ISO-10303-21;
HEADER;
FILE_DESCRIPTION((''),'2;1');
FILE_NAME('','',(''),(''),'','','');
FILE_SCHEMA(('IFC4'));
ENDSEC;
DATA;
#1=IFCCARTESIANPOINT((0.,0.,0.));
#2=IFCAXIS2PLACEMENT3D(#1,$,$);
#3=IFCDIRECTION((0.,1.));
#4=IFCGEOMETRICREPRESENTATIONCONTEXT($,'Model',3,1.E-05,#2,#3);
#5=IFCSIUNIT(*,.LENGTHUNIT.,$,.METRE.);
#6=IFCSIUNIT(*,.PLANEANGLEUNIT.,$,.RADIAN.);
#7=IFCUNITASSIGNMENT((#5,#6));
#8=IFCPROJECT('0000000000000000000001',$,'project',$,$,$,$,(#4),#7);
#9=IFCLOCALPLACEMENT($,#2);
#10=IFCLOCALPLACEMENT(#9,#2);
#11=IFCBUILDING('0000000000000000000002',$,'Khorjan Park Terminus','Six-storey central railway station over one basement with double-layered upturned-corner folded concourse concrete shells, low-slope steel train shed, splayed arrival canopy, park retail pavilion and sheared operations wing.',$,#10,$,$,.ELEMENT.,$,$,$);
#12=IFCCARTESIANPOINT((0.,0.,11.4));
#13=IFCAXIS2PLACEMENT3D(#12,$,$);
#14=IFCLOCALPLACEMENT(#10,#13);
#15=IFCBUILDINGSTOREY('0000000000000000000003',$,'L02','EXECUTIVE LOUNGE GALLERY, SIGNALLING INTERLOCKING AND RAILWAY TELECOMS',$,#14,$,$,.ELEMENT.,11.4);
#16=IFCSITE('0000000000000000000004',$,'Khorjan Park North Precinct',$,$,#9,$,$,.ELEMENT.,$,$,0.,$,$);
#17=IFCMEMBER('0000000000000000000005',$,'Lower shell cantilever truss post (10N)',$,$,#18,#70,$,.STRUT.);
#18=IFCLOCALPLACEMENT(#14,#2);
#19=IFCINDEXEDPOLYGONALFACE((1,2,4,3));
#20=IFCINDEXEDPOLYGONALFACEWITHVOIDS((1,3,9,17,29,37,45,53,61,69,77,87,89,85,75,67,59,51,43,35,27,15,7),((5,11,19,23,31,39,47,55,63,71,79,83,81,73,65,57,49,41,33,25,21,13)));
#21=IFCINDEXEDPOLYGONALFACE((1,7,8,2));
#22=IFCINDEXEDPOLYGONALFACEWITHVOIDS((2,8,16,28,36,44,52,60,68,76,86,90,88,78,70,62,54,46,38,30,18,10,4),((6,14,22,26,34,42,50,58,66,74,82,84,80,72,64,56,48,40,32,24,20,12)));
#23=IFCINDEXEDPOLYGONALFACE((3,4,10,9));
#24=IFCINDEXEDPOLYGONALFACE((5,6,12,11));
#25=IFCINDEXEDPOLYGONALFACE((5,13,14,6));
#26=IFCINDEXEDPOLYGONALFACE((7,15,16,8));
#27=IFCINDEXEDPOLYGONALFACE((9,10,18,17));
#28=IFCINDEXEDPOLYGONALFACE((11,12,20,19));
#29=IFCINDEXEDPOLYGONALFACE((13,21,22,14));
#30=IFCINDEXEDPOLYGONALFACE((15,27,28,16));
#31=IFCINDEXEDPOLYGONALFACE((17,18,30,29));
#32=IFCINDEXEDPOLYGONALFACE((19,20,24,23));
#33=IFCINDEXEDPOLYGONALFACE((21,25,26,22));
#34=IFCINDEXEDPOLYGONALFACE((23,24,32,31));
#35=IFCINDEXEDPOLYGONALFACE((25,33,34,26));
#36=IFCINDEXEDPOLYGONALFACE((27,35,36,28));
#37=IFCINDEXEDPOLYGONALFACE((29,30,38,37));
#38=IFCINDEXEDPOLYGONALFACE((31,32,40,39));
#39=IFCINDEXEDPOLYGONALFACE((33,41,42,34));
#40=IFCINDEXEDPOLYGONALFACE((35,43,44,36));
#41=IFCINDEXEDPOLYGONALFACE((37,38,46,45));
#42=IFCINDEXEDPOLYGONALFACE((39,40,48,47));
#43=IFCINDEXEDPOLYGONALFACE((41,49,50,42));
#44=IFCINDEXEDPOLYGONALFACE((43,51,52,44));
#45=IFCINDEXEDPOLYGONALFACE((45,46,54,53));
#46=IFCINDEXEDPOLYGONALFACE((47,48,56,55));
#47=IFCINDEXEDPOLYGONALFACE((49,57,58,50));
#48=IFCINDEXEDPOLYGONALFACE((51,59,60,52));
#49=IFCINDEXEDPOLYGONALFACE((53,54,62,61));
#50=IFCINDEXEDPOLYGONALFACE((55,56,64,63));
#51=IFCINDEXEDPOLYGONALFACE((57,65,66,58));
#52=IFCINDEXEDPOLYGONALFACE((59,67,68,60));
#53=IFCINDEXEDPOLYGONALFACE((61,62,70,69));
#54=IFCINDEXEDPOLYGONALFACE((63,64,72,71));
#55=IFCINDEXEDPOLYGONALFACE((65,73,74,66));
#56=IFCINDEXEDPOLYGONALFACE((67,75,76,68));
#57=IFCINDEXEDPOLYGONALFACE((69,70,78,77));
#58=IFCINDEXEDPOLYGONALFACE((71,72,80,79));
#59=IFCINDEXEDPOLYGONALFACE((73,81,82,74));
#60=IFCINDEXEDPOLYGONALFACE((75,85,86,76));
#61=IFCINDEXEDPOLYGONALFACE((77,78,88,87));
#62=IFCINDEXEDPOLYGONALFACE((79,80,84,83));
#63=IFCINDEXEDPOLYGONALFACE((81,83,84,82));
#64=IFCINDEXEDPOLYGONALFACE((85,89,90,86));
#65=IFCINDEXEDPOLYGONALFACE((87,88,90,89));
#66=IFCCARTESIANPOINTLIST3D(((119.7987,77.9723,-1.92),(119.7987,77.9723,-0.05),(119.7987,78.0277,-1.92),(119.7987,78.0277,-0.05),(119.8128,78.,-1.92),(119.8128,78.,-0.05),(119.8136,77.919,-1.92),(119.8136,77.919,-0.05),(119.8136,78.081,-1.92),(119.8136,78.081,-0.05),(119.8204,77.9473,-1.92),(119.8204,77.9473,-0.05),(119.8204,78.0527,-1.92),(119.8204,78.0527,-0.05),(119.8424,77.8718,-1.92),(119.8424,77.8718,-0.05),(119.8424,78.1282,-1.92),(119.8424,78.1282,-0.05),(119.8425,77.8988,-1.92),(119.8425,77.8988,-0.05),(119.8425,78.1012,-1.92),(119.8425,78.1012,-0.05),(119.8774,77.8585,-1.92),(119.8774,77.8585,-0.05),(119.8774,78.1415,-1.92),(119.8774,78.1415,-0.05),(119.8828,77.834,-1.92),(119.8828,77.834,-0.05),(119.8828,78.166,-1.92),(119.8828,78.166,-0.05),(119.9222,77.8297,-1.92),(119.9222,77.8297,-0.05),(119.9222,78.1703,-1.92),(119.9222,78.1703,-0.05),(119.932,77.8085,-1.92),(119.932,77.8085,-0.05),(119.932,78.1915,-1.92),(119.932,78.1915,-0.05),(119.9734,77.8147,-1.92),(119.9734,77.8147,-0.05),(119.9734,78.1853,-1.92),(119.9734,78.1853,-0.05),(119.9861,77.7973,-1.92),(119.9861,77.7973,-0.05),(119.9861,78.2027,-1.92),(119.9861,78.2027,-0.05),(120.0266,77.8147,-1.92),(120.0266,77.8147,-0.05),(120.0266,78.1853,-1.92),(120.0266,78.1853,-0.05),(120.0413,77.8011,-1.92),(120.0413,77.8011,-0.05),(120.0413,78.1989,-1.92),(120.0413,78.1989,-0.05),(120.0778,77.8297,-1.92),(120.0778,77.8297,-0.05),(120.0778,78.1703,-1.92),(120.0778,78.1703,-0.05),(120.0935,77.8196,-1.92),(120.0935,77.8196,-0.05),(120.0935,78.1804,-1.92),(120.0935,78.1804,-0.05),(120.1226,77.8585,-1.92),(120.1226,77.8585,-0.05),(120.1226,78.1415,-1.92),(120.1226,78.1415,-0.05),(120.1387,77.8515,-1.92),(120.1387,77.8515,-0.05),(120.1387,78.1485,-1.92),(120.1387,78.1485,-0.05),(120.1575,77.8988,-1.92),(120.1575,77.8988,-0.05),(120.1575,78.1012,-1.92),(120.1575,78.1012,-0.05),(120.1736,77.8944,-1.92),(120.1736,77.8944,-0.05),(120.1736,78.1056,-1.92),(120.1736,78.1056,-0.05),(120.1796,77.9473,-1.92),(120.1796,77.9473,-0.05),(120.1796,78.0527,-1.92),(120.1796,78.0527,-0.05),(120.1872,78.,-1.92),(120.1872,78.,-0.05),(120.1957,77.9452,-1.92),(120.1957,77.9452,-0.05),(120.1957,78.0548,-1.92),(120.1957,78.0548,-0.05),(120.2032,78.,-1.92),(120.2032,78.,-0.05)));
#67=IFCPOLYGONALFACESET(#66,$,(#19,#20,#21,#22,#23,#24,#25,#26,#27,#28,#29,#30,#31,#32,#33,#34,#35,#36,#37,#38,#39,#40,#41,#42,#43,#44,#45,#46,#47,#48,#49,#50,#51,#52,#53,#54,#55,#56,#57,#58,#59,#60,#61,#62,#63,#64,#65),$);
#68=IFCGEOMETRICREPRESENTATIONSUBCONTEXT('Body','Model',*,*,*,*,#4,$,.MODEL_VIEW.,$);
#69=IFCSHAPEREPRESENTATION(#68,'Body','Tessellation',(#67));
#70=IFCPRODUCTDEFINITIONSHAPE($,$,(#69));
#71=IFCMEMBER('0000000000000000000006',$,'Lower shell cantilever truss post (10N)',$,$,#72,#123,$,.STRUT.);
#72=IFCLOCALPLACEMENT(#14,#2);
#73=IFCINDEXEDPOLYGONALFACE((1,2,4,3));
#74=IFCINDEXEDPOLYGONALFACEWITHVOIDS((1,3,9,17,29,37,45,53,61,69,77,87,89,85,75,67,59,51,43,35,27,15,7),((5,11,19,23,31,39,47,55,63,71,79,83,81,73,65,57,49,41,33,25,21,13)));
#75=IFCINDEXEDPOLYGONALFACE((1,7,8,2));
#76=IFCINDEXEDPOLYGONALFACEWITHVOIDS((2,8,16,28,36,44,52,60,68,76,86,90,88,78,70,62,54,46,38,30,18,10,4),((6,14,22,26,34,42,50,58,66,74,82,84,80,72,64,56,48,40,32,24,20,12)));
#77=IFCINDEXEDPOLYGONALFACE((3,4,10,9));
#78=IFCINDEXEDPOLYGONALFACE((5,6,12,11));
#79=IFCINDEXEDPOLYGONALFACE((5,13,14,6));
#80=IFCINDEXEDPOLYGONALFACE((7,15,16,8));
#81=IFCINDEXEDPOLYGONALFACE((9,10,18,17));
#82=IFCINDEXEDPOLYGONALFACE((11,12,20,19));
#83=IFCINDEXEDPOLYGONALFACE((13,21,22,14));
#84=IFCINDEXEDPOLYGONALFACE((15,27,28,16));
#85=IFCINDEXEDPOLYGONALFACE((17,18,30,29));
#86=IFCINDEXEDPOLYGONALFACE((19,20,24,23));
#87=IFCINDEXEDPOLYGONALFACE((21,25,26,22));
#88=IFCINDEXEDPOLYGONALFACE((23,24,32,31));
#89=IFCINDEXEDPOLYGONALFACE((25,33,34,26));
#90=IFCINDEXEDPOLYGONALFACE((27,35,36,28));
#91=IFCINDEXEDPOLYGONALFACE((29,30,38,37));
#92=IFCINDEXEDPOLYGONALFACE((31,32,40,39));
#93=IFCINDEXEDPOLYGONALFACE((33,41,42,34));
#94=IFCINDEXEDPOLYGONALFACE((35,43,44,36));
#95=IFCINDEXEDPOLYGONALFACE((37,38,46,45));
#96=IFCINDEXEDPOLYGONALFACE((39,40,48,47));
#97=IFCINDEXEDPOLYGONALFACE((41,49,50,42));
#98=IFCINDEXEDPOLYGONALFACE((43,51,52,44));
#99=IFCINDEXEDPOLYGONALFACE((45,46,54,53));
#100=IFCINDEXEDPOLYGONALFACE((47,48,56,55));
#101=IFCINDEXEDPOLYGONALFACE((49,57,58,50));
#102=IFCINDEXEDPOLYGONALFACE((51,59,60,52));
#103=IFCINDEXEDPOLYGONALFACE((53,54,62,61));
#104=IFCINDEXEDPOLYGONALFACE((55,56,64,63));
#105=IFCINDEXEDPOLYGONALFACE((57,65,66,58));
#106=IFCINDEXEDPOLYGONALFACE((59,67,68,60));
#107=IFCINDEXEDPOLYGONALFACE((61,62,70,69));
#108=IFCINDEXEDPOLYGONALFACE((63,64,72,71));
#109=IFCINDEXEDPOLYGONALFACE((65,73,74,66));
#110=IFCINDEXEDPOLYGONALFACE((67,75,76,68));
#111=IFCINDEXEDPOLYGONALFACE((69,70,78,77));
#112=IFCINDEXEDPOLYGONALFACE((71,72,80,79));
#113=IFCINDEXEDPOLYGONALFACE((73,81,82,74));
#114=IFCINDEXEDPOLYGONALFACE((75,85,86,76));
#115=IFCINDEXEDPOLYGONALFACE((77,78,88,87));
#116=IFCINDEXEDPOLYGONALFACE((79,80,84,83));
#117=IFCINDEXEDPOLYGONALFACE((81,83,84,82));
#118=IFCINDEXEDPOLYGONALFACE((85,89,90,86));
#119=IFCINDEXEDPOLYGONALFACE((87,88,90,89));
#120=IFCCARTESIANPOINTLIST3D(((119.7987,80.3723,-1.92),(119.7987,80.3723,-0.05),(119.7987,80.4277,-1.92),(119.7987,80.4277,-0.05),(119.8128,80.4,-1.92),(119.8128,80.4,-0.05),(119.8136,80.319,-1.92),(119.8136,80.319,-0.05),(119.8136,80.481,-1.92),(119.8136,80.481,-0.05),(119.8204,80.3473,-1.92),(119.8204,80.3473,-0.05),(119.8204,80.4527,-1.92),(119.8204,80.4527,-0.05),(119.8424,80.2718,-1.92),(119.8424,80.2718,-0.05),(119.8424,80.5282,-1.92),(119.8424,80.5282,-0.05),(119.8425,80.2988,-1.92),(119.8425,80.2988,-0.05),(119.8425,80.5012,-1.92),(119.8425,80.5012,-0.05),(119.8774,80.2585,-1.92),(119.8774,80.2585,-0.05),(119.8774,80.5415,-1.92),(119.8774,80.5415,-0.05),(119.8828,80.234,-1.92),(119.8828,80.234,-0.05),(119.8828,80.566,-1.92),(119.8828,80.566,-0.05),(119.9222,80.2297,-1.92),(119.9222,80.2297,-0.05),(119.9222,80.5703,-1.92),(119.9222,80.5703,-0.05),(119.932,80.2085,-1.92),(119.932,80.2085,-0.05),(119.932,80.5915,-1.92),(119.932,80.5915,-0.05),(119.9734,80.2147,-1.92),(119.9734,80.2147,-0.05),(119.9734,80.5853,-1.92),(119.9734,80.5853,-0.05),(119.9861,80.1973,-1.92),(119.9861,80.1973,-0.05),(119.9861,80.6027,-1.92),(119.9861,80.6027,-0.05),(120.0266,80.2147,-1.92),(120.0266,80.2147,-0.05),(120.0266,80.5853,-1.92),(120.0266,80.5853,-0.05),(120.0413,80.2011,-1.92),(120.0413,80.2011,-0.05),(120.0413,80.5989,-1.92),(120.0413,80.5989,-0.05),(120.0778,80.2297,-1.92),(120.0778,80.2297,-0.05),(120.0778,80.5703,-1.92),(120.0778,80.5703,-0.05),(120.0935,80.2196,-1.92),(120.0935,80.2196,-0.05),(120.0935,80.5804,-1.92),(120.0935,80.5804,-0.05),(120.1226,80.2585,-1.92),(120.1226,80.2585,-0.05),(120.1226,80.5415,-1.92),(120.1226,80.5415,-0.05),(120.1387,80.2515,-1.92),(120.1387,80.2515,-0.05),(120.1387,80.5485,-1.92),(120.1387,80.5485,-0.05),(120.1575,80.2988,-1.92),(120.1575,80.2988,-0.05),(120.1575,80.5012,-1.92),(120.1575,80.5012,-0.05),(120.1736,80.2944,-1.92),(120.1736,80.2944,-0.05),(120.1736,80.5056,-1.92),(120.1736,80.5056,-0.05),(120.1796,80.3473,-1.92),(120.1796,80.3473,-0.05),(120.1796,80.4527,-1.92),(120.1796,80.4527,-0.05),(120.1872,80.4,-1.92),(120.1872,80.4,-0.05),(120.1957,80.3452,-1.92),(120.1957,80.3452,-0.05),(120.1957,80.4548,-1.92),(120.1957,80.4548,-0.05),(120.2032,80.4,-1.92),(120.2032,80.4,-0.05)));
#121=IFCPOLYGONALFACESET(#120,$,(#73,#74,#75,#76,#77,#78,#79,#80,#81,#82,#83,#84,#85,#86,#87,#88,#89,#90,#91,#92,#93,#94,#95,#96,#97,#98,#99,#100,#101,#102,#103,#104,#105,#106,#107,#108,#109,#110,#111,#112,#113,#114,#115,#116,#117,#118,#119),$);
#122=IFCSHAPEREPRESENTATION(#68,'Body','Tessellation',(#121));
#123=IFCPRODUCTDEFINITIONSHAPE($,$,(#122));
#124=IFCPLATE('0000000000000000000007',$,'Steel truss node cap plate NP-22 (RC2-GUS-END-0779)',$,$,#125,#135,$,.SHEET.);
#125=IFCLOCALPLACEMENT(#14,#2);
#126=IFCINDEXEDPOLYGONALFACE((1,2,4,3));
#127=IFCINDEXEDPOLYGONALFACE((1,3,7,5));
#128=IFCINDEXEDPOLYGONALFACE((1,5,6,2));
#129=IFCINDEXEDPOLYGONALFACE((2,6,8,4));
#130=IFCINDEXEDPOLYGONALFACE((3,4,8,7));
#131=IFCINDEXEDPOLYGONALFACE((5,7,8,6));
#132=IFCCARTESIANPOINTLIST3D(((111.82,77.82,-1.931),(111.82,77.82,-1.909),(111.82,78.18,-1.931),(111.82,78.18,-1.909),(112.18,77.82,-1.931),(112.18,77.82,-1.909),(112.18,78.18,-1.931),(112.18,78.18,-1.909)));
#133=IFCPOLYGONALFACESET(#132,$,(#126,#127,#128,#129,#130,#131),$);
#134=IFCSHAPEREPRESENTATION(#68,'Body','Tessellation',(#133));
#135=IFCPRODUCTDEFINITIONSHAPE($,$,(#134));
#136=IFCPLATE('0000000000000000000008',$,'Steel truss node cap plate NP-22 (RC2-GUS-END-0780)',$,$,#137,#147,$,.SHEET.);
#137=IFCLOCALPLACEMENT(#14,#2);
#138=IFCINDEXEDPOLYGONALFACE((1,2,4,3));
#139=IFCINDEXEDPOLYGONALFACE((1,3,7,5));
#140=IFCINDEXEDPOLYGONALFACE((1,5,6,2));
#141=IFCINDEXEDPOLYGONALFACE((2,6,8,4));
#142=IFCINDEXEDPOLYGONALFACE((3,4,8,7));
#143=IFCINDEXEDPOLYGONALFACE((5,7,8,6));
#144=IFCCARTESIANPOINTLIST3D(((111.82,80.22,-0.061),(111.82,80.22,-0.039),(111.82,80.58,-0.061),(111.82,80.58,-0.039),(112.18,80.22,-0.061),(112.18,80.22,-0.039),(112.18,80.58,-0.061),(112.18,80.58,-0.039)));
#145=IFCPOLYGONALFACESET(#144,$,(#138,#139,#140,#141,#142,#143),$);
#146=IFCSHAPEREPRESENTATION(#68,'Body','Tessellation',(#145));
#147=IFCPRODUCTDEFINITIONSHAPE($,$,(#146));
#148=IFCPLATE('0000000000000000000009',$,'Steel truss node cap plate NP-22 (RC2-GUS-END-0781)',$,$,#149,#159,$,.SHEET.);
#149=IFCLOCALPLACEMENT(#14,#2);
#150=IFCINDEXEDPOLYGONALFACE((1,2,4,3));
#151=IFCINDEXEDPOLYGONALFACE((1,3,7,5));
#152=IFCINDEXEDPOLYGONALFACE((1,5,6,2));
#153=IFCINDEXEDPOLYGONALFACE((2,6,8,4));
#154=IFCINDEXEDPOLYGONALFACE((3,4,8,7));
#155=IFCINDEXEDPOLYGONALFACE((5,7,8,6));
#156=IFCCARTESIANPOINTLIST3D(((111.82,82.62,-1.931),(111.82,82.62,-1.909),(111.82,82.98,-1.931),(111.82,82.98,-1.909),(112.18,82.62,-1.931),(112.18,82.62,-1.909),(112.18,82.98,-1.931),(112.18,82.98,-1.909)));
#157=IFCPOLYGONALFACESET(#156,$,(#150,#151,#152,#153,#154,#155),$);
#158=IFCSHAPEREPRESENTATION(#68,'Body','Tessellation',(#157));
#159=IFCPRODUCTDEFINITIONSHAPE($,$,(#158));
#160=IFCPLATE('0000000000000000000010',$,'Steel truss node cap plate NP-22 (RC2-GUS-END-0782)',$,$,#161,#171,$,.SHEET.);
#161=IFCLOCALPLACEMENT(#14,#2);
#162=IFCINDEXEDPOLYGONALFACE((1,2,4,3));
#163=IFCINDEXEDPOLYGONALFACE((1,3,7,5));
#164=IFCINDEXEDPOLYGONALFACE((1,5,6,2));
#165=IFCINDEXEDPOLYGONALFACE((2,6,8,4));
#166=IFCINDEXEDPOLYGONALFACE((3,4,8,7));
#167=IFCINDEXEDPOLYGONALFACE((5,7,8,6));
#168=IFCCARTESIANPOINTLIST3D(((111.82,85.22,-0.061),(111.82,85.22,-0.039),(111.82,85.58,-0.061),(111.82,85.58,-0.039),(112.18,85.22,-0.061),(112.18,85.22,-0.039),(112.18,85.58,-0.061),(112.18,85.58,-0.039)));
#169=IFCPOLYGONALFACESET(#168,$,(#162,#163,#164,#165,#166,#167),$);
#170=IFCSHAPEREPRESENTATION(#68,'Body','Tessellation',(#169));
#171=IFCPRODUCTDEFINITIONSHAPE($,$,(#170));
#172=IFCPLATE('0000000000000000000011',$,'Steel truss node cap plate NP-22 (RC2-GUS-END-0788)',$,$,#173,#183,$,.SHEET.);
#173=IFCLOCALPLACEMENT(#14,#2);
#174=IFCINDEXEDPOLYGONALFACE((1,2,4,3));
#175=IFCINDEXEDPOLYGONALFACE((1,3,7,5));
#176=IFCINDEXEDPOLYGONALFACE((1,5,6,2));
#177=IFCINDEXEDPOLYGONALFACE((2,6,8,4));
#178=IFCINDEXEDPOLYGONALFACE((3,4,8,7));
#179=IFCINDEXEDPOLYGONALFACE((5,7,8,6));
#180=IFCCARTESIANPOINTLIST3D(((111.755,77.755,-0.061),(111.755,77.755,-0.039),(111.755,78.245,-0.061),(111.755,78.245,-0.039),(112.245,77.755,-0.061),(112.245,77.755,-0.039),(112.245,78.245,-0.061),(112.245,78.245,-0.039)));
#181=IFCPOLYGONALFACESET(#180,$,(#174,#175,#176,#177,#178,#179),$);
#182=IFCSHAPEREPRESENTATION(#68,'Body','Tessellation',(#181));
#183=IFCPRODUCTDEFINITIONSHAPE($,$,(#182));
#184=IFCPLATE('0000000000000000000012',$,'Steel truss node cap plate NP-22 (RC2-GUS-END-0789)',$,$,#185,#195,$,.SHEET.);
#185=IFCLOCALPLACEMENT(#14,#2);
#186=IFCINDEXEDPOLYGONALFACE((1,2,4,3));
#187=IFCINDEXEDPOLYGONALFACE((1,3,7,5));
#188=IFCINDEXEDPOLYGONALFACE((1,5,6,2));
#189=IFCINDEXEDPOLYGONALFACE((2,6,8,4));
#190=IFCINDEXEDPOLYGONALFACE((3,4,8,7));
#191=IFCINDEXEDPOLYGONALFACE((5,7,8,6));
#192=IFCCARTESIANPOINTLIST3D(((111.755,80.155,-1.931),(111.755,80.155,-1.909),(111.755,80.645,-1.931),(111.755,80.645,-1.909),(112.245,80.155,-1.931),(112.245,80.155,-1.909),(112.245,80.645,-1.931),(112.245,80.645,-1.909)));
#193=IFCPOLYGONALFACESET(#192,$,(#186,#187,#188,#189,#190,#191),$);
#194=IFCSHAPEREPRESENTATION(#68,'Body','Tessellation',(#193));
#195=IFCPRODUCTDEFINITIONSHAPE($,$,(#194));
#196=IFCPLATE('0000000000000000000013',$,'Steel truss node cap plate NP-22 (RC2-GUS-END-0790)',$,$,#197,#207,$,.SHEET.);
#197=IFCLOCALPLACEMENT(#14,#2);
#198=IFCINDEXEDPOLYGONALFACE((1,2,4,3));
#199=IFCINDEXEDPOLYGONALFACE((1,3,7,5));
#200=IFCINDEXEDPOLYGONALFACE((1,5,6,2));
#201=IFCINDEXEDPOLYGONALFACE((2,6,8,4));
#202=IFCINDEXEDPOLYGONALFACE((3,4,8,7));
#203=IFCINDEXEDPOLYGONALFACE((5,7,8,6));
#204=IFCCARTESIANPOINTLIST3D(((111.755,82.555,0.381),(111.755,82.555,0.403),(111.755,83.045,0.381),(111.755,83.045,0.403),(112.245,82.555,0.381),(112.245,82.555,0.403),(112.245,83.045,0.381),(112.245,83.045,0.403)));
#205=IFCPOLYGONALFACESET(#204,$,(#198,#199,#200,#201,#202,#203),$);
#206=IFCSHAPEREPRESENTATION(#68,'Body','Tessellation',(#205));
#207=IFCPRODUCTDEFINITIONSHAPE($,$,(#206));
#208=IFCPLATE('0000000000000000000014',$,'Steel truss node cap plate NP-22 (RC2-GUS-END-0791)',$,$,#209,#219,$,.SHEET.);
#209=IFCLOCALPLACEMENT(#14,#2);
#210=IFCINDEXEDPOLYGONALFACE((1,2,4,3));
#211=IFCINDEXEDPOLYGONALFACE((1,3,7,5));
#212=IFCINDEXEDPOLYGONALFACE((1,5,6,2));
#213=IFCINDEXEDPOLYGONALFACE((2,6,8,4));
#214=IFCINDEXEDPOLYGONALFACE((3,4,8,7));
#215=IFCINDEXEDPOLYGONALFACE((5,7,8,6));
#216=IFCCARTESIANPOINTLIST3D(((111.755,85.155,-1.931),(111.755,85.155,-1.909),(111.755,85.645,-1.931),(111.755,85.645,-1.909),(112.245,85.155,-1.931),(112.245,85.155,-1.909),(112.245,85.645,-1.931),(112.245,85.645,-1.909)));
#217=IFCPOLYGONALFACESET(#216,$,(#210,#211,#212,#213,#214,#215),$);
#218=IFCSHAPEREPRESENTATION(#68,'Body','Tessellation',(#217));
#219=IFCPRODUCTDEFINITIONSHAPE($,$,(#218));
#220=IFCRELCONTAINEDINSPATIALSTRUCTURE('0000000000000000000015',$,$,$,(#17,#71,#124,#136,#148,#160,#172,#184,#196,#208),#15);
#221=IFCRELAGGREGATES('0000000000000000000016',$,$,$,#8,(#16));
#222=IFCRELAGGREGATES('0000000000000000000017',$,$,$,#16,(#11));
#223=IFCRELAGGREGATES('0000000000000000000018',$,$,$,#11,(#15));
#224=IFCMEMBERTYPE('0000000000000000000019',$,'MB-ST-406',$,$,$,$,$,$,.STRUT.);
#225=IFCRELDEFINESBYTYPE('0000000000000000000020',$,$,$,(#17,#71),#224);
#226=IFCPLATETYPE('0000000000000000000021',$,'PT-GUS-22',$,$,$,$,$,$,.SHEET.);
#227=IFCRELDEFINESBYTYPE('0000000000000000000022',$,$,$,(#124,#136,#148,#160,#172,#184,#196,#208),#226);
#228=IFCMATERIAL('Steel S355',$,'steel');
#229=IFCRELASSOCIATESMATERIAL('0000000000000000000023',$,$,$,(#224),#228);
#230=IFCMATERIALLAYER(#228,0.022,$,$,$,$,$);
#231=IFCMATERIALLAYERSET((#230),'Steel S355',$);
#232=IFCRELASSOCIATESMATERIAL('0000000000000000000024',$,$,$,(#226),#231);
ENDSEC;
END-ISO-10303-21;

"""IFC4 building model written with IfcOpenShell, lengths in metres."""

from ifc_helpers import new_model, si_unit, direction, frame, origin, origin_2d, place, context, subcontext, project, spatial, rectangle, hollow_circle, extrude, material, layer, layer_set, material_profile, profile_set, type_object, element, save


model = new_model("IFC4")

# Units and contexts
model_context = context("Model", 3, precision=1e-05, world=origin(), true_north=direction((0.0, 1.0)))
body_context = subcontext(model_context, "Body", "Model", "MODEL_VIEW")
ifc_project = project(units=[si_unit("LENGTHUNIT", "METRE"), si_unit("PLANEANGLEUNIT", "RADIAN")], contexts=[model_context])

# Site, building, storey
site_placement = place(None, origin())
site = spatial("IfcSite", under=ifc_project, at=site_placement, Name="Khorjan Park North Precinct", CompositionType="ELEMENT", RefElevation=0.0)
building_placement = place(site_placement, origin())
building = spatial("IfcBuilding", under=site, at=building_placement, Name="Khorjan Park Terminus", Description="Six-storey central railway station over one basement with double-layered upturned-corner folded concourse concrete shells, low-slope steel train shed, splayed arrival canopy, park retail pavilion and sheared operations wing.", CompositionType="ELEMENT")
storey_placement = place(building_placement, frame((0.0, 0.0, 11.4)))
storey = spatial("IfcBuildingStorey", under=building, at=storey_placement, Name="L02", Description="EXECUTIVE LOUNGE GALLERY, SIGNALLING INTERLOCKING AND RAILWAY TELECOMS", CompositionType="ELEMENT", Elevation=11.4)

# Members
ifc_material_1 = material(Name="Steel S355", Category="steel")
ifc_material_profile_1 = material_profile(ifc_material_1, hollow_circle(Radius=0.2032, WallThickness=0.016, at=origin_2d()), Name="CHS 406.4x16")
ifc_profile_set_1 = profile_set([ifc_material_profile_1], Name="Steel S355")
member_type_1 = type_object("IfcMemberType", Name="MB-ST-406", PredefinedType="STRUT", material=ifc_profile_set_1)
for number, where, z_axis, x_axis, name in (
    (1, (120.0, 78.0, -1.92), (0.0, 0.0, 1.0), (1.0, 0.0, 0.0), "Lower shell cantilever truss post (10N)"),
    (2, (120.0, 80.4, -1.92), (0.0, 0.0, 1.0), (1.0, 0.0, 0.0), "Lower shell cantilever truss post (10N)"),
):
    element("IfcMember", number, at=place(storey_placement, frame(where, z_axis=z_axis, x_axis=x_axis)), inside=storey, type_object=member_type_1, Name=name, PredefinedType="STRUT", context=body_context, shape_type="SweptSolid", body=[
        extrude(hollow_circle(Radius=0.2032, WallThickness=0.016, at=origin_2d()), origin(), (0.0, 0.0, 1.0), 1.87),
    ])

# Plates
ifc_layer_1 = layer(ifc_material_1, 0.022)
ifc_layer_set_1 = layer_set([ifc_layer_1], Name="Steel S355")
plate_type = type_object("IfcPlateType", Name="PT-GUS-22", PredefinedType="SHEET", material=ifc_layer_set_1)
for number, where, z_axis, x_axis, name in (
    (3, (112.0, 78.0, -1.931), (0.0, 0.0, 1.0), (1.0, 0.0, 0.0), "Steel truss node cap plate NP-22 (RC2-GUS-END-0779)"),
    (4, (112.0, 80.4, -0.061), (0.0, 0.0, 1.0), (1.0, 0.0, 0.0), "Steel truss node cap plate NP-22 (RC2-GUS-END-0780)"),
    (5, (112.0, 82.8, -1.931), (0.0, 0.0, 1.0), (1.0, 0.0, 0.0), "Steel truss node cap plate NP-22 (RC2-GUS-END-0781)"),
    (6, (112.0, 85.4, -0.061), (0.0, 0.0, 1.0), (1.0, 0.0, 0.0), "Steel truss node cap plate NP-22 (RC2-GUS-END-0782)"),
):
    element("IfcPlate", number, at=place(storey_placement, frame(where, z_axis=z_axis, x_axis=x_axis)), inside=storey, type_object=plate_type, Name=name, PredefinedType="SHEET", context=body_context, shape_type="SweptSolid", body=[
        extrude(rectangle(XDim=0.36, YDim=0.36, at=origin_2d()), origin(), (0.0, 0.0, 1.0), 0.022),
    ])
for number, where, z_axis, x_axis, name in (
    (7, (112.0, 78.0, -0.061), (0.0, 0.0, 1.0), (1.0, 0.0, 0.0), "Steel truss node cap plate NP-22 (RC2-GUS-END-0788)"),
    (8, (112.0, 80.4, -1.931), (0.0, 0.0, 1.0), (1.0, 0.0, 0.0), "Steel truss node cap plate NP-22 (RC2-GUS-END-0789)"),
    (9, (112.0, 82.8, 0.381), (0.0, 0.0, 1.0), (1.0, 0.0, 0.0), "Steel truss node cap plate NP-22 (RC2-GUS-END-0790)"),
    (10, (112.0, 85.4, -1.931), (0.0, 0.0, 1.0), (1.0, 0.0, 0.0), "Steel truss node cap plate NP-22 (RC2-GUS-END-0791)"),
):
    element("IfcPlate", number, at=place(storey_placement, frame(where, z_axis=z_axis, x_axis=x_axis)), inside=storey, type_object=plate_type, Name=name, PredefinedType="SHEET", context=body_context, shape_type="SweptSolid", body=[
        extrude(rectangle(XDim=0.49, YDim=0.49, at=origin_2d()), origin(), (0.0, 0.0, 1.0), 0.022),
    ])

save(model, "model.ifc")
